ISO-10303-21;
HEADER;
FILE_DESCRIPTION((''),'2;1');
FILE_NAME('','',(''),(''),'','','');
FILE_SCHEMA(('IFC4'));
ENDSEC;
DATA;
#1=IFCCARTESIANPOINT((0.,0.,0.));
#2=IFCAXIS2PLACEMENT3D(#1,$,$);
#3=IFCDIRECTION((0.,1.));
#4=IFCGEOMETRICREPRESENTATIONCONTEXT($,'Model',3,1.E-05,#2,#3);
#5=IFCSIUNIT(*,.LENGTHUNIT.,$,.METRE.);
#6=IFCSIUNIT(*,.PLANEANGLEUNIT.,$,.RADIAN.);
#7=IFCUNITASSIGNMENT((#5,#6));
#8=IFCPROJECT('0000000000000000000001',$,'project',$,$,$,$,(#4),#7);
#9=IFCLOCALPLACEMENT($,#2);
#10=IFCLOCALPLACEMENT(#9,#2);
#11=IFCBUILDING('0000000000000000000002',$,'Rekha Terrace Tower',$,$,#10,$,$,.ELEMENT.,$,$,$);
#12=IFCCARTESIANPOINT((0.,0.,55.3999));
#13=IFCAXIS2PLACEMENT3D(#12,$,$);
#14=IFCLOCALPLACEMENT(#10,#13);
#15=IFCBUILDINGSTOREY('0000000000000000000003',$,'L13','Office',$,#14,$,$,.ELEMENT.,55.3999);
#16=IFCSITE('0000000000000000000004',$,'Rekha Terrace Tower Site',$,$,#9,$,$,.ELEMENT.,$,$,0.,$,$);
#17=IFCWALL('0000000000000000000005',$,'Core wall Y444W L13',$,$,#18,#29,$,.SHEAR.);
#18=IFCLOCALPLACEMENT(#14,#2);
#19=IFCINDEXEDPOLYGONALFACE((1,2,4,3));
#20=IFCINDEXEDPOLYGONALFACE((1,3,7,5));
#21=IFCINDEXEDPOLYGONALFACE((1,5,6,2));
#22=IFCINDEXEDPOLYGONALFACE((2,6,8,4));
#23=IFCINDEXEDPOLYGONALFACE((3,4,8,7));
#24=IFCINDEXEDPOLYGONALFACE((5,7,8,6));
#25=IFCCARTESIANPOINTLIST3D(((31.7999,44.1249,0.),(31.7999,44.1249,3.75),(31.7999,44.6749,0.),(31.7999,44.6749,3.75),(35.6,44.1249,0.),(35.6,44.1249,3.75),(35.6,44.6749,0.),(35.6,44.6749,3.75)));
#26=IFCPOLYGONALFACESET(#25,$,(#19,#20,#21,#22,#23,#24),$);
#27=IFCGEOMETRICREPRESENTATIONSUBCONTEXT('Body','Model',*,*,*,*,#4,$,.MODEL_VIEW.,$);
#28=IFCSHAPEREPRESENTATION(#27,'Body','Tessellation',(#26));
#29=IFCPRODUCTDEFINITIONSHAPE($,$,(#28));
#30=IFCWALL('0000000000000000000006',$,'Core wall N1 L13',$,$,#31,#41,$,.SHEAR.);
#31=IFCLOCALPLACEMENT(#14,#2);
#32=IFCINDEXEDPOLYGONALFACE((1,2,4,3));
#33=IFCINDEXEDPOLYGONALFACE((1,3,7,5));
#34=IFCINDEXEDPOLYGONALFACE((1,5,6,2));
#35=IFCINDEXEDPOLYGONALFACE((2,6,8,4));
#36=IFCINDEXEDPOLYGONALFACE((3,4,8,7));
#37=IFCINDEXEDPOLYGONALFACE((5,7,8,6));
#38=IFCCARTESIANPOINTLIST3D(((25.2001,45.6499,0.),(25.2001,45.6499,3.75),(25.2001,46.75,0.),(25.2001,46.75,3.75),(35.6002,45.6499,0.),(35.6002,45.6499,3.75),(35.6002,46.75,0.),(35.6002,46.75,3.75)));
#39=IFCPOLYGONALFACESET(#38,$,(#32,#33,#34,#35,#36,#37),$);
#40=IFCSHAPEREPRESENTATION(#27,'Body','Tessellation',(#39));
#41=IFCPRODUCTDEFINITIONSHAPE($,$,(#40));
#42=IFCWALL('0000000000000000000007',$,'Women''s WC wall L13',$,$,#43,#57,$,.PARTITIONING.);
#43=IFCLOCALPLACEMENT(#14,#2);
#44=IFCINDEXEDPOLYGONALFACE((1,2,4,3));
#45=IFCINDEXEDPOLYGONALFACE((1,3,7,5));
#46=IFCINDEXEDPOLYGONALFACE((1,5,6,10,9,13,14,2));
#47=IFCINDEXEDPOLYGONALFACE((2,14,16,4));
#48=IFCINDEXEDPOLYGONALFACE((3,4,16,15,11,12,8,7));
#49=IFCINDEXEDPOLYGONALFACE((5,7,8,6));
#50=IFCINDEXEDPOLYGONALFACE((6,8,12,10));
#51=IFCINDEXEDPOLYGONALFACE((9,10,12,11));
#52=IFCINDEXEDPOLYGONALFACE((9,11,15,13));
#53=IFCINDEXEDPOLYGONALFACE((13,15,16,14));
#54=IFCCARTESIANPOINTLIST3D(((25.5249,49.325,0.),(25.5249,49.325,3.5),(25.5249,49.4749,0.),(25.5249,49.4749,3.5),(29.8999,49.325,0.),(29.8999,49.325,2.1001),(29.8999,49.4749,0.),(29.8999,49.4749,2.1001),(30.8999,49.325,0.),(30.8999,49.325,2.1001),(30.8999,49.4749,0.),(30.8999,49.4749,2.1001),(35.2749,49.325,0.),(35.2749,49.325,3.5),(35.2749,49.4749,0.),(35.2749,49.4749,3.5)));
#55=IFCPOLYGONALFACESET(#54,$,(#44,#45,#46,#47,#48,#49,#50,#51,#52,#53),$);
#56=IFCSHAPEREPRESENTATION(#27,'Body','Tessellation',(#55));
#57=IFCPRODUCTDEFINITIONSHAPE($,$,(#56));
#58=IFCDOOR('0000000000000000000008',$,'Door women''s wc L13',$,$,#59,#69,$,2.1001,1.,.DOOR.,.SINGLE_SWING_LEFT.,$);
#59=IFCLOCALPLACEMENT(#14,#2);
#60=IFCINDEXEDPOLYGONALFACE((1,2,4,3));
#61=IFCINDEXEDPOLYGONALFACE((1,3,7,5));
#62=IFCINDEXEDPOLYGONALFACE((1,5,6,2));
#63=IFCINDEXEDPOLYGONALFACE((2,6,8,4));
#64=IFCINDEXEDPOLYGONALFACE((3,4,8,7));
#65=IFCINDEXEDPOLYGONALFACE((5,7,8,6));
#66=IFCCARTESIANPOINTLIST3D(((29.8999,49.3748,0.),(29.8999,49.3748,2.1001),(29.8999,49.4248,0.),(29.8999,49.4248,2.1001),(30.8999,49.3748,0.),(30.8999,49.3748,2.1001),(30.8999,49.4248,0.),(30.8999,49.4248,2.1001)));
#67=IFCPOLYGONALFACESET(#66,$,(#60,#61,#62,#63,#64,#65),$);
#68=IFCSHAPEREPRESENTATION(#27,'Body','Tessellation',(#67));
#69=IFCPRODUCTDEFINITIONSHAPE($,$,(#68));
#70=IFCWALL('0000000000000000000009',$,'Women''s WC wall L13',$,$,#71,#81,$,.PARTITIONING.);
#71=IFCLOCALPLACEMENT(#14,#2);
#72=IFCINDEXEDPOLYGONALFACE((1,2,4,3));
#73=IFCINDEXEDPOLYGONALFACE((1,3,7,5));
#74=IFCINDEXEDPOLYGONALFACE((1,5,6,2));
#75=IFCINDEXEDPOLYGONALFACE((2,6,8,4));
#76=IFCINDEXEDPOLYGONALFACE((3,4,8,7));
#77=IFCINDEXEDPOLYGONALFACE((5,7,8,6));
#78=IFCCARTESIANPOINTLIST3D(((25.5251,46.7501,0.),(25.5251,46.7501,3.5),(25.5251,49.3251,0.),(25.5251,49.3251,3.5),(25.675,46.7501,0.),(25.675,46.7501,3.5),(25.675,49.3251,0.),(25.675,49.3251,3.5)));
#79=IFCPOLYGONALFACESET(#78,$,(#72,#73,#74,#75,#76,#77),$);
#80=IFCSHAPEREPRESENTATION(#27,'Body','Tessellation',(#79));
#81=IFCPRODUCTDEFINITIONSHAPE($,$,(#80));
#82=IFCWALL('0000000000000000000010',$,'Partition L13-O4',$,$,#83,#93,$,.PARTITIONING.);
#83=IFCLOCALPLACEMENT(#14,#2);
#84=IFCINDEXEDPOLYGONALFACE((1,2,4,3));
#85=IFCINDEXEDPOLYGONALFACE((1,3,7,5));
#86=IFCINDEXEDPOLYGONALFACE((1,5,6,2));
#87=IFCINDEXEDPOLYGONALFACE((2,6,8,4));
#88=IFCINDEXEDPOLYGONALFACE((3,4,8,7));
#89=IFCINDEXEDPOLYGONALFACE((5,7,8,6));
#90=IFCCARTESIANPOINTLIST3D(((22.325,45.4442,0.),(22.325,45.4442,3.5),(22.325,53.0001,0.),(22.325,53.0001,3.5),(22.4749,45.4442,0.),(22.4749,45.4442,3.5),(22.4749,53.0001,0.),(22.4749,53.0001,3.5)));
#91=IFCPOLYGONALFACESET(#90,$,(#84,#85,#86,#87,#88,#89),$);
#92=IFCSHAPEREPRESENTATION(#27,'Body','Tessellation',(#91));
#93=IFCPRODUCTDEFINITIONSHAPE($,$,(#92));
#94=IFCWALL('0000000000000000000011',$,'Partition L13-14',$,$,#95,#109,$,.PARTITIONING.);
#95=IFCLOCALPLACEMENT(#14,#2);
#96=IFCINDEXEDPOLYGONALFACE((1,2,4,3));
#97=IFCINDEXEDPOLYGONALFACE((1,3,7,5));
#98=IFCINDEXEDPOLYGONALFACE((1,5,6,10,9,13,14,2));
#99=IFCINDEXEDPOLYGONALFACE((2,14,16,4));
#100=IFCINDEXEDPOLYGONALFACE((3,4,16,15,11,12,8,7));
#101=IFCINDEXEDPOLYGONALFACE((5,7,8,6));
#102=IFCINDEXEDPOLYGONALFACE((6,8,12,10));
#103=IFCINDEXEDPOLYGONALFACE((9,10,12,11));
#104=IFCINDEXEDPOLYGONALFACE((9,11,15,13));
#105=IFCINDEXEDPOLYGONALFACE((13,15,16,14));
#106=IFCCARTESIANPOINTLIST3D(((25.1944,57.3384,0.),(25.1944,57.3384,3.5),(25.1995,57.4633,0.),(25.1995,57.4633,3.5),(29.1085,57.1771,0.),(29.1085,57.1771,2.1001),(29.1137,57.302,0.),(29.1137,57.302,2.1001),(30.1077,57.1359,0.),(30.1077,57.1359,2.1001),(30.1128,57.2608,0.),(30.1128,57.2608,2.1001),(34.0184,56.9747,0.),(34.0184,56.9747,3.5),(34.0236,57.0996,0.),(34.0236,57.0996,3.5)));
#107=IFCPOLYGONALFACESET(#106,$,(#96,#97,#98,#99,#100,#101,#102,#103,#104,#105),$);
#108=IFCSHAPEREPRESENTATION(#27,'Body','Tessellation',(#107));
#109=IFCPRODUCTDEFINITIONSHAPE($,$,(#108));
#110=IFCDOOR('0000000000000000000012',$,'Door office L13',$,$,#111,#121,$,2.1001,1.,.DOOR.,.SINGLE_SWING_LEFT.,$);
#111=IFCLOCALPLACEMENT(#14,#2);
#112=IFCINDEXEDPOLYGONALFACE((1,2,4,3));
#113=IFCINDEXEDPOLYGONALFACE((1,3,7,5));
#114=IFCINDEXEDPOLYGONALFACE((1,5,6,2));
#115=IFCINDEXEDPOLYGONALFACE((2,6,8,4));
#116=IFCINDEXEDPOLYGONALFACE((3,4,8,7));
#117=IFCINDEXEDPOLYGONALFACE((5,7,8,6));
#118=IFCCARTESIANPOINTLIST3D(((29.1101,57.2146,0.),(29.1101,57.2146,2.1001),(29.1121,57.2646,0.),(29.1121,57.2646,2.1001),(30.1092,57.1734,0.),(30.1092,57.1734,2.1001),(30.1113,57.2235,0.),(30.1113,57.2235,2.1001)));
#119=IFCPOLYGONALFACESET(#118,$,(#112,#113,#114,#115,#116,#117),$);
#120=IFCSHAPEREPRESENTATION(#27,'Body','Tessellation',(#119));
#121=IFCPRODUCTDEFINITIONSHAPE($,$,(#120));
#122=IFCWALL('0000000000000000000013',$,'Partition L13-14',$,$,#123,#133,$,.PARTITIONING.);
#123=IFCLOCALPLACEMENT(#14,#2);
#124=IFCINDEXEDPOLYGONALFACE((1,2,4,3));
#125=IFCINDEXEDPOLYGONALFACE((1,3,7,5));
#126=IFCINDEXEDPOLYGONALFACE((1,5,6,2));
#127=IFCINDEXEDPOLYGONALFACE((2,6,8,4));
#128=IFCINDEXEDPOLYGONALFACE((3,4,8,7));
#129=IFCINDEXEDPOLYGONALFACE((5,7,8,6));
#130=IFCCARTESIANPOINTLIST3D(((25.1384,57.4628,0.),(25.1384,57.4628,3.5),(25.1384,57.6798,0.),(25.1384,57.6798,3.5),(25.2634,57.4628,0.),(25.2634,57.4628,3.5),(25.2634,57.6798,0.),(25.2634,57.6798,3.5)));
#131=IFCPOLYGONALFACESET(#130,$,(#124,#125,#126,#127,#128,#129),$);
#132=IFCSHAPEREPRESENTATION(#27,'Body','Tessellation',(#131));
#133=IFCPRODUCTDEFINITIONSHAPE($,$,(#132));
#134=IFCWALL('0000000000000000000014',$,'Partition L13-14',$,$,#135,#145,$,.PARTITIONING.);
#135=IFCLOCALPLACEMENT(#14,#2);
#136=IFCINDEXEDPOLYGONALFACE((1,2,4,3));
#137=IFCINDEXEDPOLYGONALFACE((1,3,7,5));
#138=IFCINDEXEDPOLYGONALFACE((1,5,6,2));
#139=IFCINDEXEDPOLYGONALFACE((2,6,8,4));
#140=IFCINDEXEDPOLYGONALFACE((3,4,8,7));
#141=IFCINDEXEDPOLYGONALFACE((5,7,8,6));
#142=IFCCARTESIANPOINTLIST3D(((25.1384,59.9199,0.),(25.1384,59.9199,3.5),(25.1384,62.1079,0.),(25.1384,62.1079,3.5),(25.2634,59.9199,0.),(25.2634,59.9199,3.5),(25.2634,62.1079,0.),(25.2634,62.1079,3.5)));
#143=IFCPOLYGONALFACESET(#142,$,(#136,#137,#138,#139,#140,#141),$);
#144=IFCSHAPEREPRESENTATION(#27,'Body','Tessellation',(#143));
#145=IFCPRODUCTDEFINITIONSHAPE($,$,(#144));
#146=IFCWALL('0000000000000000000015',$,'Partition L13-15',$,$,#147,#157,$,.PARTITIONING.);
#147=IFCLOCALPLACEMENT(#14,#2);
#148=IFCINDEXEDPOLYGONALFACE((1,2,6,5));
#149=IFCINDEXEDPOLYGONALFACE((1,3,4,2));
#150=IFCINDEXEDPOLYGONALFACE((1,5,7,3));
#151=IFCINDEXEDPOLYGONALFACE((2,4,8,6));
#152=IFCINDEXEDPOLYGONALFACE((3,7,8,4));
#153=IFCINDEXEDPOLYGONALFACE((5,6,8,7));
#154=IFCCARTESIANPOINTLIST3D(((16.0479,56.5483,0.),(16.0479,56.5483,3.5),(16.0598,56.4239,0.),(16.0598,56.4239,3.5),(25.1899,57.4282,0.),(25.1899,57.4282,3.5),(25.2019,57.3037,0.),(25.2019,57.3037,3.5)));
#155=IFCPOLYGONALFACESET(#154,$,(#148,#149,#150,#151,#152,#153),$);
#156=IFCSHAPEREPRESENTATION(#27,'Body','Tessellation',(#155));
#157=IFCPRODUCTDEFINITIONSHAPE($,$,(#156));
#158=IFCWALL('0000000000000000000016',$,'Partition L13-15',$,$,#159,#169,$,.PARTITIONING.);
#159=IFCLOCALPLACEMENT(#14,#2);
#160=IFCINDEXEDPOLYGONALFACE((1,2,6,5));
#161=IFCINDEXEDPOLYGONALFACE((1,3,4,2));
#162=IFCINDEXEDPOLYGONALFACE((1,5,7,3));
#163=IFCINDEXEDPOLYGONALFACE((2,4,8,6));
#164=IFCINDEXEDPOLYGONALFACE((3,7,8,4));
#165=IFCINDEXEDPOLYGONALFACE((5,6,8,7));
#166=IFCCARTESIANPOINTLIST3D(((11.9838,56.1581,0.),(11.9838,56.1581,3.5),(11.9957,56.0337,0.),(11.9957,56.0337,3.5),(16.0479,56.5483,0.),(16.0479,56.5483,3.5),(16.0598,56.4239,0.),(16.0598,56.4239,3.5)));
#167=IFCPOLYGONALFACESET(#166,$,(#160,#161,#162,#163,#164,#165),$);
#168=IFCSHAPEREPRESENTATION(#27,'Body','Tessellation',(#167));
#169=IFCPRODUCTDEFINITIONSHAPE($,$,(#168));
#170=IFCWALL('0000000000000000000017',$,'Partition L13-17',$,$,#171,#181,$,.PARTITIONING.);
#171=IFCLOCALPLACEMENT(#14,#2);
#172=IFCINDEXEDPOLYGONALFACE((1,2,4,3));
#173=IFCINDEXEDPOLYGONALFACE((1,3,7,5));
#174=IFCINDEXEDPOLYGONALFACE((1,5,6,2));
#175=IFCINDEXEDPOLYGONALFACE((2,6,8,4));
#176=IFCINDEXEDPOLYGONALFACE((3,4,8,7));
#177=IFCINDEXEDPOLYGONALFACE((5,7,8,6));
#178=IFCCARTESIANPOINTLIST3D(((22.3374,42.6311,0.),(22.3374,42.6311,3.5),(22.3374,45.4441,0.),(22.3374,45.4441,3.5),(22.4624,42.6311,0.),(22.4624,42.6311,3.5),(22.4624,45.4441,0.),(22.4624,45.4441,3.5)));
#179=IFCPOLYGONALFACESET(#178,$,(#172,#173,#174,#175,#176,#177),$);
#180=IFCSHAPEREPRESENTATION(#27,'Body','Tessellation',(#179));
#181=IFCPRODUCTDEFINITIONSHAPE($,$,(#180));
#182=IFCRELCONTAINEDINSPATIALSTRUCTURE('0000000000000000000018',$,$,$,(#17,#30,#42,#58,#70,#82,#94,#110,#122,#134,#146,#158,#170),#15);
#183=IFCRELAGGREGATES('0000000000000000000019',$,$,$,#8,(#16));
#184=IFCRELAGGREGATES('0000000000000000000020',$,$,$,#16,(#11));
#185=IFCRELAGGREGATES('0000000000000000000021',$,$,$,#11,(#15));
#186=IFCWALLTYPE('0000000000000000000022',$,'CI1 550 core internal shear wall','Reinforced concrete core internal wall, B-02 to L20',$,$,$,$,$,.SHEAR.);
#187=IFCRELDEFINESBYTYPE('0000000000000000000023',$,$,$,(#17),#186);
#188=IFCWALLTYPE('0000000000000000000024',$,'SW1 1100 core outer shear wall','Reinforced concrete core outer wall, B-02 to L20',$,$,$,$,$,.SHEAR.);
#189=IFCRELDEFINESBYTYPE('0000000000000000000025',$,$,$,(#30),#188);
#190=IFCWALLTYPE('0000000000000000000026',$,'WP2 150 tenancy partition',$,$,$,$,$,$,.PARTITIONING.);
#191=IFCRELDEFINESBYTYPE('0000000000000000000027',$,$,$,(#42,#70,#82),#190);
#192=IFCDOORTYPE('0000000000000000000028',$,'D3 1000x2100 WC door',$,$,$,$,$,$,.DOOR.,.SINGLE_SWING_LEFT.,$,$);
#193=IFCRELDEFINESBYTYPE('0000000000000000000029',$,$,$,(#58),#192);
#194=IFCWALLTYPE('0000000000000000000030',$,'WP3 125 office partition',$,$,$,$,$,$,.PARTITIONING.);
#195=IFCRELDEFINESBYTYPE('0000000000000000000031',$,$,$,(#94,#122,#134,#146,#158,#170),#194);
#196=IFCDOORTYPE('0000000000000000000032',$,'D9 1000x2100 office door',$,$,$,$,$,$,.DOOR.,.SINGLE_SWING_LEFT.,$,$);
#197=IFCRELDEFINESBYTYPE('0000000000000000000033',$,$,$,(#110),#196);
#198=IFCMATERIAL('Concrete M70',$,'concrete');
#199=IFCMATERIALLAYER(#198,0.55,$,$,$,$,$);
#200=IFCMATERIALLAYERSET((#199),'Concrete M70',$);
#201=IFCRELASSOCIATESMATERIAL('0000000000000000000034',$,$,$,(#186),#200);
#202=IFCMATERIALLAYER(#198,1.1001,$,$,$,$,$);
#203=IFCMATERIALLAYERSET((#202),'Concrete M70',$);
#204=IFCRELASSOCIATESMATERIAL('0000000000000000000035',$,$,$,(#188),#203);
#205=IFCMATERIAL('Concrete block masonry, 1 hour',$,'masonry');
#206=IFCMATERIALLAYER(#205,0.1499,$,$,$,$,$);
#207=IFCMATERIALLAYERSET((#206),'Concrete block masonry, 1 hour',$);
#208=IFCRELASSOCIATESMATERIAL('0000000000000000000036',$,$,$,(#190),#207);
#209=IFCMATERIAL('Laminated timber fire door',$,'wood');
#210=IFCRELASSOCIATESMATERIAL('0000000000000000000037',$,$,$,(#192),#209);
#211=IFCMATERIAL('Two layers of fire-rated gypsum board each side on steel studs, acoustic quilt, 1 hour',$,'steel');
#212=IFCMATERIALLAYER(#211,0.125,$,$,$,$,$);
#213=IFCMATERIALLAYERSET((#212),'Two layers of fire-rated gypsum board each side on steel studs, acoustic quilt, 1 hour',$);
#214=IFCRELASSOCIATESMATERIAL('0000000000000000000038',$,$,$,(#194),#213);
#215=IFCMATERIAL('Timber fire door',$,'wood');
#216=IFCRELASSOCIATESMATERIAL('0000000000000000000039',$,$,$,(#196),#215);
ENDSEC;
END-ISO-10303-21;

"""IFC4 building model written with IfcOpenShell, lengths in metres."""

from ifc_helpers import new_model, si_unit, direction, frame, frame_2d, origin, place, context, subcontext, project, spatial, rectangle, extrude, material, layer, layer_set, type_object, element, fill, save


model = new_model("IFC4")

# Units and contexts
model_context = context("Model", 3, precision=1e-05, world=origin(), true_north=direction((0.0, 1.0)))
body_context = subcontext(model_context, "Body", "Model", "MODEL_VIEW")
ifc_project = project(units=[si_unit("LENGTHUNIT", "METRE"), si_unit("PLANEANGLEUNIT", "RADIAN")], contexts=[model_context])

# Site, building, storey
site_placement = place(None, origin())
site = spatial("IfcSite", under=ifc_project, at=site_placement, Name="Rekha Terrace Tower Site", CompositionType="ELEMENT", RefElevation=0.0)
building_placement = place(site_placement, origin())
building = spatial("IfcBuilding", under=site, at=building_placement, Name="Rekha Terrace Tower", CompositionType="ELEMENT")
storey_placement = place(building_placement, frame((0.0, 0.0, 55.3999)))
storey = spatial("IfcBuildingStorey", under=building, at=storey_placement, Name="L13", Description="Office", CompositionType="ELEMENT", Elevation=55.3999)

# Shared definitions
ifc_material_1 = material(Name="Concrete M70", Category="concrete")

# Walls
ifc_layer_1 = layer(ifc_material_1, 0.55)
ifc_layer_set_1 = layer_set([ifc_layer_1], Name="Concrete M70")
wall_type_1 = type_object("IfcWallType", Name="CI1 550 core internal shear wall", Description="Reinforced concrete core internal wall, B-02 to L20", PredefinedType="SHEAR", material=ifc_layer_set_1)
wall_1_placement = place(storey_placement, frame((31.8, 44.3999, 0.0), z_axis=(0.0, 0.0, 1.0), x_axis=(1.0, 0.0, 0.0)))
element("IfcWall", 1, at=wall_1_placement, inside=storey, type_object=wall_type_1, Name="Core wall Y444W L13", PredefinedType="SHEAR", context=body_context, shape_type="SweptSolid", body=[
    extrude(rectangle(XDim=3.8, YDim=0.55, at=frame_2d((1.8999, 0.0))), origin(), (0.0, 0.0, 1.0), 3.75),
])
ifc_layer_2 = layer(ifc_material_1, 1.1001)
ifc_layer_set_2 = layer_set([ifc_layer_2], Name="Concrete M70")
wall_type_2 = type_object("IfcWallType", Name="SW1 1100 core outer shear wall", Description="Reinforced concrete core outer wall, B-02 to L20", PredefinedType="SHEAR", material=ifc_layer_set_2)
wall_2_placement = place(storey_placement, frame((25.2, 46.2, 0.0), z_axis=(0.0, 0.0, 1.0), x_axis=(1.0, 0.0, 0.0)))
element("IfcWall", 2, at=wall_2_placement, inside=storey, type_object=wall_type_2, Name="Core wall N1 L13", PredefinedType="SHEAR", context=body_context, shape_type="SweptSolid", body=[
    extrude(rectangle(XDim=10.4001, YDim=1.1001, at=frame_2d((5.2002, 0.0))), origin(), (0.0, 0.0, 1.0), 3.75),
])

# Wall, opening, door
ifc_material_2 = material(Name="Concrete block masonry, 1 hour", Category="masonry")
ifc_layer_3 = layer(ifc_material_2, 0.1499)
ifc_layer_set_3 = layer_set([ifc_layer_3], Name="Concrete block masonry, 1 hour")
wall_type_3 = type_object("IfcWallType", Name="WP2 150 tenancy partition", PredefinedType="PARTITIONING", material=ifc_layer_set_3)
wall_3_placement = place(storey_placement, frame((25.5249, 49.3999, 0.0), z_axis=(0.0, 0.0, 1.0), x_axis=(1.0, 0.0, 0.0)))
wall_3 = element("IfcWall", 3, at=wall_3_placement, inside=storey, type_object=wall_type_3, Name="Women's WC wall L13", PredefinedType="PARTITIONING", context=body_context, shape_type="SweptSolid", body=[
    extrude(rectangle(XDim=9.75, YDim=0.1499, at=frame_2d((4.875, 0.0))), origin(), (0.0, 0.0, 1.0), 3.5),
])
opening_1_placement = place(wall_3_placement, frame((4.375, 0.0, 0.0)))
opening_1 = element("IfcOpeningElement", 4, at=opening_1_placement, cuts=wall_3, PredefinedType="OPENING", context=body_context, shape_type="SweptSolid", body=[
    extrude(rectangle(XDim=1.0, YDim=2.1001, at=frame_2d((0.5, 1.05))), frame((0.0, 0.085, 0.0), z_axis=(0.0, -1.0, 0.0), x_axis=(1.0, 0.0, 0.0)), (0.0, 0.0, 1.0), 0.1699),
])
ifc_material_3 = material(Name="Laminated timber fire door", Category="wood")
door_type_1 = type_object("IfcDoorType", Name="D3 1000x2100 WC door", OperationType="SINGLE_SWING_LEFT", PredefinedType="DOOR", material=ifc_material_3)
door_1_placement = place(opening_1_placement, origin())
door_1 = element("IfcDoor", 5, at=door_1_placement, inside=storey, type_object=door_type_1, Name="Door women's wc L13", OperationType="SINGLE_SWING_LEFT", OverallHeight=2.1001, OverallWidth=1.0, PredefinedType="DOOR", context=body_context, shape_type="SweptSolid", body=[
    extrude(rectangle(XDim=1.0, YDim=2.1001, at=frame_2d((0.5, 1.05))), frame((0.0, 0.0249, 0.0), z_axis=(0.0, -1.0, 0.0), x_axis=(1.0, 0.0, 0.0)), (0.0, 0.0, 1.0), 0.05),
])
fill(opening_1, door_1)

# Walls
wall_4_placement = place(storey_placement, frame((25.6001, 46.75, 0.0), z_axis=(0.0, 0.0, 1.0), x_axis=(0.0, 1.0, 0.0)))
element("IfcWall", 6, at=wall_4_placement, inside=storey, type_object=wall_type_3, Name="Women's WC wall L13", PredefinedType="PARTITIONING", context=body_context, shape_type="SweptSolid", body=[
    extrude(rectangle(XDim=2.575, YDim=0.1499, at=frame_2d((1.2876, 0.0))), origin(), (0.0, 0.0, 1.0), 3.5),
])
wall_5_placement = place(storey_placement, frame((22.3999, 53.0, 0.0), z_axis=(0.0, 0.0, 1.0), x_axis=(0.0, -1.0, 0.0)))
element("IfcWall", 7, at=wall_5_placement, inside=storey, type_object=wall_type_3, Name="Partition L13-O4", PredefinedType="PARTITIONING", context=body_context, shape_type="SweptSolid", body=[
    extrude(rectangle(XDim=7.5559, YDim=0.1499, at=frame_2d((3.7778, 0.0))), origin(), (0.0, 0.0, 1.0), 3.5),
])

# Wall, opening, door
ifc_material_4 = material(Name="Two layers of fire-rated gypsum board each side on steel studs, acoustic quilt, 1 hour", Category="steel")
ifc_layer_4 = layer(ifc_material_4, 0.125)
ifc_layer_set_4 = layer_set([ifc_layer_4], Name="Two layers of fire-rated gypsum board each side on steel studs, acoustic quilt, 1 hour")
wall_type_4 = type_object("IfcWallType", Name="WP3 125 office partition", PredefinedType="PARTITIONING", material=ifc_layer_set_4)
wall_6_placement = place(storey_placement, frame((34.021, 57.0371, 0.0), z_axis=(0.0, 0.0, 1.0), x_axis=(-0.999151, 0.04119, 0.0)))
wall_6 = element("IfcWall", 8, at=wall_6_placement, inside=storey, type_object=wall_type_4, Name="Partition L13-14", PredefinedType="PARTITIONING", context=body_context, shape_type="SweptSolid", body=[
    extrude(rectangle(XDim=8.8315, YDim=0.125, at=frame_2d((4.4158, 0.0))), origin(), (0.0, 0.0, 1.0), 3.5),
])
opening_2_placement = place(wall_6_placement, frame((3.9141, 0.0, 0.0)))
opening_2 = element("IfcOpeningElement", 9, at=opening_2_placement, cuts=wall_6, PredefinedType="OPENING", context=body_context, shape_type="SweptSolid", body=[
    extrude(rectangle(XDim=1.0, YDim=2.1001, at=frame_2d((0.5, 1.05))), frame((0.0, 0.0725, 0.0), z_axis=(0.0, -1.0, 0.0), x_axis=(1.0, 0.0, 0.0)), (0.0, 0.0, 1.0), 0.145),
])
ifc_material_5 = material(Name="Timber fire door", Category="wood")
door_type_2 = type_object("IfcDoorType", Name="D9 1000x2100 office door", OperationType="SINGLE_SWING_LEFT", PredefinedType="DOOR", material=ifc_material_5)
door_2_placement = place(opening_2_placement, origin())
door_2 = element("IfcDoor", 10, at=door_2_placement, inside=storey, type_object=door_type_2, Name="Door office L13", OperationType="SINGLE_SWING_LEFT", OverallHeight=2.1001, OverallWidth=1.0, PredefinedType="DOOR", context=body_context, shape_type="SweptSolid", body=[
    extrude(rectangle(XDim=1.0, YDim=2.1001, at=frame_2d((0.5, 1.05))), frame((0.0, 0.0249, 0.0), z_axis=(0.0, -1.0, 0.0), x_axis=(1.0, 0.0, 0.0)), (0.0, 0.0, 1.0), 0.05),
])
fill(opening_2, door_2)

# Walls
wall_7_placement = place(storey_placement, frame((25.2009, 57.4629, 0.0), z_axis=(0.0, 0.0, 1.0), x_axis=(0.0, 1.0, 0.0)))
element("IfcWall", 11, at=wall_7_placement, inside=storey, type_object=wall_type_4, Name="Partition L13-14", PredefinedType="PARTITIONING", context=body_context, shape_type="SweptSolid", body=[
    extrude(rectangle(XDim=0.217, YDim=0.125, at=frame_2d((0.1084, 0.0))), origin(), (0.0, 0.0, 1.0), 3.5),
])
wall_8_placement = place(storey_placement, frame((25.2009, 59.9199, 0.0), z_axis=(0.0, 0.0, 1.0), x_axis=(0.0, 1.0, 0.0)))
element("IfcWall", 12, at=wall_8_placement, inside=storey, type_object=wall_type_4, Name="Partition L13-14", PredefinedType="PARTITIONING", context=body_context, shape_type="SweptSolid", body=[
    extrude(rectangle(XDim=2.188, YDim=0.125, at=frame_2d((1.094, 0.0))), origin(), (0.0, 0.0, 1.0), 3.5),
])
wall_9_placement = place(storey_placement, frame((25.196, 57.366, 0.0), z_axis=(0.0, 0.0, 1.0), x_axis=(-0.9954, -0.095803, 0.0)))
element("IfcWall", 13, at=wall_9_placement, inside=storey, type_object=wall_type_4, Name="Partition L13-15", PredefinedType="PARTITIONING", context=body_context, shape_type="SweptSolid", body=[
    extrude(rectangle(XDim=9.1843, YDim=0.125, at=frame_2d((4.5923, 0.0))), origin(), (0.0, 0.0, 1.0), 3.5),
])
wall_10_placement = place(storey_placement, frame((16.054, 56.4861, 0.0), z_axis=(0.0, 0.0, 1.0), x_axis=(-0.995424, -0.09556, 0.0)))
element("IfcWall", 14, at=wall_10_placement, inside=storey, type_object=wall_type_4, Name="Partition L13-15", PredefinedType="PARTITIONING", context=body_context, shape_type="SweptSolid", body=[
    extrude(rectangle(XDim=4.0828, YDim=0.125, at=frame_2d((2.0415, 0.0))), origin(), (0.0, 0.0, 1.0), 3.5),
])
wall_11_placement = place(storey_placement, frame((22.3999, 45.4441, 0.0), z_axis=(0.0, 0.0, 1.0), x_axis=(0.0, -1.0, 0.0)))
element("IfcWall", 15, at=wall_11_placement, inside=storey, type_object=wall_type_4, Name="Partition L13-17", PredefinedType="PARTITIONING", context=body_context, shape_type="SweptSolid", body=[
    extrude(rectangle(XDim=2.813, YDim=0.125, at=frame_2d((1.4065, 0.0))), origin(), (0.0, 0.0, 1.0), 3.5),
])

save(model, "model.ifc")
